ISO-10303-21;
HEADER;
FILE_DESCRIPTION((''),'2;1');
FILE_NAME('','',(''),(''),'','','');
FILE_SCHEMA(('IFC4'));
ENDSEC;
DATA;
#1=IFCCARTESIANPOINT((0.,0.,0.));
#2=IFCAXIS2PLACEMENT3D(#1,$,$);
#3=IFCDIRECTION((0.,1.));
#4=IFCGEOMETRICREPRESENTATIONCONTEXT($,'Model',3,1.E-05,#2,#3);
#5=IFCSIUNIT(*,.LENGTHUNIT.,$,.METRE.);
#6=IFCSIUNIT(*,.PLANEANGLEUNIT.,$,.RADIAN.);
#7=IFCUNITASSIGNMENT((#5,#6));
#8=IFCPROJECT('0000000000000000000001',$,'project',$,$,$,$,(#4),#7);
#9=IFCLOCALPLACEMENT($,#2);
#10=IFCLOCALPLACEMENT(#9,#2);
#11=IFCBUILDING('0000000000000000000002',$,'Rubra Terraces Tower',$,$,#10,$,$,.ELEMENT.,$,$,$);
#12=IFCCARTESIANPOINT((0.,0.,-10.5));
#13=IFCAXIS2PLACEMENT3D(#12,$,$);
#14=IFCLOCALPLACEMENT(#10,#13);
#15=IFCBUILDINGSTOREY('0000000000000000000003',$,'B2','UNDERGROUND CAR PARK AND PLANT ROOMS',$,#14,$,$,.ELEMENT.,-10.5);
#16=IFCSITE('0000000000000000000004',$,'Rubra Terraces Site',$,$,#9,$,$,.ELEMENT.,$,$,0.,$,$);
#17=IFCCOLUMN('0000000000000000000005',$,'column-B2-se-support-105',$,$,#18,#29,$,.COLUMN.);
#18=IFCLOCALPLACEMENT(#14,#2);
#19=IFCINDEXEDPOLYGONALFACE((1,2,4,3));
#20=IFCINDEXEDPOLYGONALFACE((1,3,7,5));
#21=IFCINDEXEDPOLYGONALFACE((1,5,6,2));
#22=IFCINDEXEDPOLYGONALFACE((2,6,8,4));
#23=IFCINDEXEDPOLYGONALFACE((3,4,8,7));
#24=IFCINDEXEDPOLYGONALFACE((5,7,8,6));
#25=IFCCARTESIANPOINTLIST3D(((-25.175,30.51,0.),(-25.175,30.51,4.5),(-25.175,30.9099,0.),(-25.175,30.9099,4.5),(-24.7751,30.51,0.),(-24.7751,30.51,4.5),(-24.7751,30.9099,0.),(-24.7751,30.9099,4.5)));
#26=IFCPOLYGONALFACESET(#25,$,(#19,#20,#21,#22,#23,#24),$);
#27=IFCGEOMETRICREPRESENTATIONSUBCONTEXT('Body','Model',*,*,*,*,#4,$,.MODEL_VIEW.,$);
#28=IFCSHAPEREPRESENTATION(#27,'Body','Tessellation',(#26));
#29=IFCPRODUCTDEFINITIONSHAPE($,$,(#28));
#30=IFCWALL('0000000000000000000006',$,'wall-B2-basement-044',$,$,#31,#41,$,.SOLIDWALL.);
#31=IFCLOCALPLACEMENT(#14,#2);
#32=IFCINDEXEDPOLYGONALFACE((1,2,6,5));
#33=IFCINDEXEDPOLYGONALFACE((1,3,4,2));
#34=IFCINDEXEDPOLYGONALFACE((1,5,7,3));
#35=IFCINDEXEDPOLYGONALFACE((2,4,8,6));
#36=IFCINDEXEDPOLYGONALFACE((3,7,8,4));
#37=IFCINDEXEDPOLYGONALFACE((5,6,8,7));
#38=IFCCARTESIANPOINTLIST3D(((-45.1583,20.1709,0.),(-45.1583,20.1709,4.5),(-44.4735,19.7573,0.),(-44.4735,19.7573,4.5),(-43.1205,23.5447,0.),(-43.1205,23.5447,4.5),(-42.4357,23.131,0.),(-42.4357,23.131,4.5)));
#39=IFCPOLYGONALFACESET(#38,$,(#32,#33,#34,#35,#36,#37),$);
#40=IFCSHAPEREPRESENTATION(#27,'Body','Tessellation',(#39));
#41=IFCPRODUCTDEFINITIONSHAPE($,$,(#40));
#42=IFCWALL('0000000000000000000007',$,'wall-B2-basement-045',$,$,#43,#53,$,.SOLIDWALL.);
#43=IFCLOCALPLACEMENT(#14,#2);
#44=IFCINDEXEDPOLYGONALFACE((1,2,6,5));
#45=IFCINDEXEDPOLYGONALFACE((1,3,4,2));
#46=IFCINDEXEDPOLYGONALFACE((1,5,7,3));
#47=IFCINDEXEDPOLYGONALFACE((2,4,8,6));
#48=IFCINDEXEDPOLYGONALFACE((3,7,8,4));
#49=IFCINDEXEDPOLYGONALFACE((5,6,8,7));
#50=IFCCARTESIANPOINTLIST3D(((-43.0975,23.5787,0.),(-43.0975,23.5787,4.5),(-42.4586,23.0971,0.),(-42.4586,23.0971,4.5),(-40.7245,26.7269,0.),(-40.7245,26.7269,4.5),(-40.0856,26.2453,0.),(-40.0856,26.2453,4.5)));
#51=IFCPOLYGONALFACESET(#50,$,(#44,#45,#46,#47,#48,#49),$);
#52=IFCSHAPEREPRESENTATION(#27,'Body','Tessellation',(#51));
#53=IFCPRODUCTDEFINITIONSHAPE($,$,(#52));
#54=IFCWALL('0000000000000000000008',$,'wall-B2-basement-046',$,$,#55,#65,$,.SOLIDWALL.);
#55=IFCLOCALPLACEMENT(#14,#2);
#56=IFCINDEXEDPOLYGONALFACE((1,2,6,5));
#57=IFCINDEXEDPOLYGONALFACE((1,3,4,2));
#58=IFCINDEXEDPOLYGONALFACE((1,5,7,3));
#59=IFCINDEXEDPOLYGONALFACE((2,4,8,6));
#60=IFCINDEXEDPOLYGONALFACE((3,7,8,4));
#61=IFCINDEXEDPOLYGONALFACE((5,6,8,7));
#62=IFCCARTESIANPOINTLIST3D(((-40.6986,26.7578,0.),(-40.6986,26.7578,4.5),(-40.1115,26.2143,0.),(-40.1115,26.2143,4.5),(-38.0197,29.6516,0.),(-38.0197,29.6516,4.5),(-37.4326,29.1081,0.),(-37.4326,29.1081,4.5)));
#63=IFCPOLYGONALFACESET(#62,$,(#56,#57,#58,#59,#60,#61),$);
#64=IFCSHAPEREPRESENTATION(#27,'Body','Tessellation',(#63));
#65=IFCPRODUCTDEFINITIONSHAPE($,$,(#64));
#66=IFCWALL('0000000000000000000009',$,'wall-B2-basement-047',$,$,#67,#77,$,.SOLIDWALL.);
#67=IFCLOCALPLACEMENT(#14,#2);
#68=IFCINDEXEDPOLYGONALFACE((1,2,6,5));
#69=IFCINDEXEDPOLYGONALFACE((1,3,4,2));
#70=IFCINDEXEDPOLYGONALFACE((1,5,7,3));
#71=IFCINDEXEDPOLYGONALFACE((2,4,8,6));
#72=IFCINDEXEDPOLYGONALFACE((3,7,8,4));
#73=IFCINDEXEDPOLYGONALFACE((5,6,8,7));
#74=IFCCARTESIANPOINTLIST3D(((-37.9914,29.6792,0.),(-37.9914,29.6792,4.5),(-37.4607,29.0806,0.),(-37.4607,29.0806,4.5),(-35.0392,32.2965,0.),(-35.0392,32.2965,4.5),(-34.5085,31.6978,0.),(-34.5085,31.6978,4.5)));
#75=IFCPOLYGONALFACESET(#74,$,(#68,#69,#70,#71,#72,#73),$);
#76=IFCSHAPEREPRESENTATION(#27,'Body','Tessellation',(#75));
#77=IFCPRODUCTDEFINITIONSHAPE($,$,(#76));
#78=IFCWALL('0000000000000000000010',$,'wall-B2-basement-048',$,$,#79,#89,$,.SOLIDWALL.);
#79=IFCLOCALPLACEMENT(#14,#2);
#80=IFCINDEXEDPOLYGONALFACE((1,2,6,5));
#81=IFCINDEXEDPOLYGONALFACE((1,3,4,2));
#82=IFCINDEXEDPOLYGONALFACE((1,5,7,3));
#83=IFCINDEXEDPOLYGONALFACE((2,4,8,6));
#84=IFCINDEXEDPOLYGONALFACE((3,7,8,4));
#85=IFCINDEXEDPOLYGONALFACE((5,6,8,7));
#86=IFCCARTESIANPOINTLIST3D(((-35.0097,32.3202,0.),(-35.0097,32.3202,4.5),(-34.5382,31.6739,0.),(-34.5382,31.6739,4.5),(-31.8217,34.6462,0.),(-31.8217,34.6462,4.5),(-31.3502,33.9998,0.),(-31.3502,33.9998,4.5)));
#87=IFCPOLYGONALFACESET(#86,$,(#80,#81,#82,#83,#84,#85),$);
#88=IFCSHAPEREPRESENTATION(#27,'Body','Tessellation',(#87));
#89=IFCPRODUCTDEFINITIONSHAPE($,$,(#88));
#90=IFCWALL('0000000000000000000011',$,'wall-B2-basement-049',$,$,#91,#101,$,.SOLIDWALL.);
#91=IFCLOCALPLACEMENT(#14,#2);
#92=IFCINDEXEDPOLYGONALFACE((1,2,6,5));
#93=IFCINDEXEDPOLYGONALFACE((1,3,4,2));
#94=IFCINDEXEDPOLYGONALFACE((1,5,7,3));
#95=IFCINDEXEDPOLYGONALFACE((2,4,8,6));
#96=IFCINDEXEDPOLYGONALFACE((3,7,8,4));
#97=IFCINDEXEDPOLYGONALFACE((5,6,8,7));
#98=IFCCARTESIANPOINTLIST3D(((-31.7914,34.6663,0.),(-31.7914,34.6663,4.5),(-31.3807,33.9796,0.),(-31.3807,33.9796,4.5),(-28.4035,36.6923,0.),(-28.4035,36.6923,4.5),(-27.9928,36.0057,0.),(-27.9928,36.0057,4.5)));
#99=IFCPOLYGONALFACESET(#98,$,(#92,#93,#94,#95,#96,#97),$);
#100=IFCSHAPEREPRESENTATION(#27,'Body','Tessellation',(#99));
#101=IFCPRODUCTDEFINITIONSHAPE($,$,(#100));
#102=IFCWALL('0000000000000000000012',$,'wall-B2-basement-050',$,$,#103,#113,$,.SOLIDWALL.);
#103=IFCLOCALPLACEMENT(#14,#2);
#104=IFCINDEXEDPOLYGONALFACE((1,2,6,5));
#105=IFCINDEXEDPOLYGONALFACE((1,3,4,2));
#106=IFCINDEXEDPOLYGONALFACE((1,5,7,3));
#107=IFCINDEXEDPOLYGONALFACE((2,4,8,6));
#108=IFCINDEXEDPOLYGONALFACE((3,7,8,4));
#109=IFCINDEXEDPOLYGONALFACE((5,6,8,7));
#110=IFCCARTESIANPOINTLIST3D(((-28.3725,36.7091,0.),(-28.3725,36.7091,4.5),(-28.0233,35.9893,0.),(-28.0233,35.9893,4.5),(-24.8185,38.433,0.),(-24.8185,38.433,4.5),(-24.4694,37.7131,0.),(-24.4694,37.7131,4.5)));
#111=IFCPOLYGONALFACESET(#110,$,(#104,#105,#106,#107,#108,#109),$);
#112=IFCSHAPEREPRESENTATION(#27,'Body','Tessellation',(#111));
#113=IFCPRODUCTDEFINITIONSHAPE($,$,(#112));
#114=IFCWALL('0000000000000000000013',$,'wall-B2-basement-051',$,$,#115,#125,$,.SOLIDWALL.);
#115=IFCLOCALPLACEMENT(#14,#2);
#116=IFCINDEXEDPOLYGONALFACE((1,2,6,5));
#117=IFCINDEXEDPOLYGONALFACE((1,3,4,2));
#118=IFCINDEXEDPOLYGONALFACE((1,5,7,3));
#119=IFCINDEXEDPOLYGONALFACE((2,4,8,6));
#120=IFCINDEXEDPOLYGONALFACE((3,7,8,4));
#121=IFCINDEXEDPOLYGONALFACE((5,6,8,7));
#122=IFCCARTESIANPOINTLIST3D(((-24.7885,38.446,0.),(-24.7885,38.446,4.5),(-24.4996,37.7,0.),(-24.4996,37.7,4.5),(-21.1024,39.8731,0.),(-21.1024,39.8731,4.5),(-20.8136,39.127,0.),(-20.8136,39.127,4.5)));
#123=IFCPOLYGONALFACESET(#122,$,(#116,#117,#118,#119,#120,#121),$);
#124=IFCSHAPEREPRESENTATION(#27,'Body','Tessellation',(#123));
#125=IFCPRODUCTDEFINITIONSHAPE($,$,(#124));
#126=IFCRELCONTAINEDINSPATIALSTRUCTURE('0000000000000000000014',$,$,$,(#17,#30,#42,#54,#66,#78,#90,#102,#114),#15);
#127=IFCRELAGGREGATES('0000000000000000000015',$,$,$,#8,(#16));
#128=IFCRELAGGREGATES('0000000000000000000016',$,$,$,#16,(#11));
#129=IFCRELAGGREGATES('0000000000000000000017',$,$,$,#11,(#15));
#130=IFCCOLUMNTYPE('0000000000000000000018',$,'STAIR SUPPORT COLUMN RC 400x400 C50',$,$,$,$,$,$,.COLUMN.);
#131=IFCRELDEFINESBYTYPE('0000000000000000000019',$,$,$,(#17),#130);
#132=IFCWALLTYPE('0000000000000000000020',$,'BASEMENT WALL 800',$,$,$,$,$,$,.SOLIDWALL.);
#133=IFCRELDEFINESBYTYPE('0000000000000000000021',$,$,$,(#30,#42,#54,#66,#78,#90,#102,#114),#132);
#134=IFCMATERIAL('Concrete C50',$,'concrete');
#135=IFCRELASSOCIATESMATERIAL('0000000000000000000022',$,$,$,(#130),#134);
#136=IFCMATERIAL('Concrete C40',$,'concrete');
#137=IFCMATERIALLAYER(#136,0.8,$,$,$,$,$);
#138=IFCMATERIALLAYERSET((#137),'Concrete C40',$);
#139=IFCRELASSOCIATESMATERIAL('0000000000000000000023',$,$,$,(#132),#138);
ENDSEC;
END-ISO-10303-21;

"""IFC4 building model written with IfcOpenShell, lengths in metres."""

from ifc_helpers import new_model, si_unit, direction, frame, frame_2d, origin, origin_2d, place, context, subcontext, project, spatial, rectangle, extrude, material, layer, layer_set, material_profile, profile_set, type_object, element, save


model = new_model("IFC4")

# Units and contexts
model_context = context("Model", 3, precision=1e-05, world=origin(), true_north=direction((0.0, 1.0)))
body_context = subcontext(model_context, "Body", "Model", "MODEL_VIEW")
ifc_project = project(units=[si_unit("LENGTHUNIT", "METRE"), si_unit("PLANEANGLEUNIT", "RADIAN")], contexts=[model_context])

# Site, building, storey
site_placement = place(None, origin())
site = spatial("IfcSite", under=ifc_project, at=site_placement, Name="Rubra Terraces Site", CompositionType="ELEMENT", RefElevation=0.0)
building_placement = place(site_placement, origin())
building = spatial("IfcBuilding", under=site, at=building_placement, Name="Rubra Terraces Tower", CompositionType="ELEMENT")
storey_placement = place(building_placement, frame((0.0, 0.0, -10.5)))
storey = spatial("IfcBuildingStorey", under=building, at=storey_placement, Name="B2", Description="UNDERGROUND CAR PARK AND PLANT ROOMS", CompositionType="ELEMENT", Elevation=-10.5)

# Column
ifc_material_1 = material(Name="Concrete C50", Category="concrete")
ifc_material_profile_1 = material_profile(ifc_material_1, rectangle(XDim=0.3999, YDim=0.3999, at=origin_2d()), Name="RC 400x400")
ifc_profile_set_1 = profile_set([ifc_material_profile_1], Name="Concrete C50")
column_type_1 = type_object("IfcColumnType", Name="STAIR SUPPORT COLUMN RC 400x400 C50", PredefinedType="COLUMN", material=ifc_profile_set_1)
for number, where, z_axis, x_axis, name in (
    (1, (-24.9751, 30.71, 0.0), (0.0, 0.0, 1.0), (1.0, 0.0, 0.0), "column-B2-se-support-105"),
):
    element("IfcColumn", number, at=place(storey_placement, frame(where, z_axis=z_axis, x_axis=x_axis)), inside=storey, type_object=column_type_1, Name=name, PredefinedType="COLUMN", context=body_context, shape_type="SweptSolid", body=[
        extrude(rectangle(XDim=0.3999, YDim=0.3999, at=origin_2d()), origin(), (0.0, 0.0, 1.0), 4.5),
    ])

# Walls
ifc_material_2 = material(Name="Concrete C40", Category="concrete")
ifc_layer = layer(ifc_material_2, 0.8)
ifc_layer_set = layer_set([ifc_layer], Name="Concrete C40")
wall_type = type_object("IfcWallType", Name="BASEMENT WALL 800", PredefinedType="SOLIDWALL", material=ifc_layer_set)
wall_1_placement = place(storey_placement, frame((-44.8159, 19.9641, 0.0), z_axis=(0.0, 0.0, 1.0), x_axis=(0.517026, 0.85597, 0.0)))
element("IfcWall", 2, at=wall_1_placement, inside=storey, type_object=wall_type, Name="wall-B2-basement-044", PredefinedType="SOLIDWALL", context=body_context, shape_type="SweptSolid", body=[
    extrude(rectangle(XDim=3.9414, YDim=0.8, at=frame_2d((1.9707, 0.0))), origin(), (0.0, 0.0, 1.0), 4.5),
])
wall_2_placement = place(storey_placement, frame((-42.7781, 23.3379, 0.0), z_axis=(0.0, 0.0, 1.0), x_axis=(0.60193, 0.798549, 0.0)))
element("IfcWall", 3, at=wall_2_placement, inside=storey, type_object=wall_type, Name="wall-B2-basement-045", PredefinedType="SOLIDWALL", context=body_context, shape_type="SweptSolid", body=[
    extrude(rectangle(XDim=3.9424, YDim=0.8, at=frame_2d((1.9712, 0.0))), origin(), (0.0, 0.0, 1.0), 4.5),
])
wall_3_placement = place(storey_placement, frame((-40.405, 26.4861, 0.0), z_axis=(0.0, 0.0, 1.0), x_axis=(0.679341, 0.733822, 0.0)))
element("IfcWall", 4, at=wall_3_placement, inside=storey, type_object=wall_type, Name="wall-B2-basement-046", PredefinedType="SOLIDWALL", context=body_context, shape_type="SweptSolid", body=[
    extrude(rectangle(XDim=3.9434, YDim=0.8, at=frame_2d((1.9717, 0.0))), origin(), (0.0, 0.0, 1.0), 4.5),
])
wall_4_placement = place(storey_placement, frame((-37.7261, 29.3799, 0.0), z_axis=(0.0, 0.0, 1.0), x_axis=(0.748283, 0.66338, 0.0)))
element("IfcWall", 5, at=wall_4_placement, inside=storey, type_object=wall_type, Name="wall-B2-basement-047", PredefinedType="SOLIDWALL", context=body_context, shape_type="SweptSolid", body=[
    extrude(rectangle(XDim=3.9453, YDim=0.8, at=frame_2d((1.9727, 0.0))), origin(), (0.0, 0.0, 1.0), 4.5),
])
wall_5_placement = place(storey_placement, frame((-34.7739, 31.9971, 0.0), z_axis=(0.0, 0.0, 1.0), x_axis=(0.807844, 0.589396, 0.0)))
element("IfcWall", 6, at=wall_5_placement, inside=storey, type_object=wall_type, Name="wall-B2-basement-048", PredefinedType="SOLIDWALL", context=body_context, shape_type="SweptSolid", body=[
    extrude(rectangle(XDim=3.9463, YDim=0.8, at=frame_2d((1.9731, 0.0))), origin(), (0.0, 0.0, 1.0), 4.5),
])
wall_6_placement = place(storey_placement, frame((-31.5859, 34.323, 0.0), z_axis=(0.0, 0.0, 1.0), x_axis=(0.858234, 0.513258, 0.0)))
element("IfcWall", 7, at=wall_6_placement, inside=storey, type_object=wall_type, Name="wall-B2-basement-049", PredefinedType="SOLIDWALL", context=body_context, shape_type="SweptSolid", body=[
    extrude(rectangle(XDim=3.9475, YDim=0.8, at=frame_2d((1.9736, 0.0))), origin(), (0.0, 0.0, 1.0), 4.5),
])
wall_7_placement = place(storey_placement, frame((-28.198, 36.3491, 0.0), z_axis=(0.0, 0.0, 1.0), x_axis=(0.89974, 0.436427, 0.0)))
element("IfcWall", 8, at=wall_7_placement, inside=storey, type_object=wall_type, Name="wall-B2-basement-050", PredefinedType="SOLIDWALL", context=body_context, shape_type="SweptSolid", body=[
    extrude(rectangle(XDim=3.95, YDim=0.8, at=frame_2d((1.9751, 0.0))), origin(), (0.0, 0.0, 1.0), 4.5),
])
wall_8_placement = place(storey_placement, frame((-24.644, 38.073, 0.0), z_axis=(0.0, 0.0, 1.0), x_axis=(0.932555, 0.361027, 0.0)))
element("IfcWall", 9, at=wall_8_placement, inside=storey, type_object=wall_type, Name="wall-B2-basement-051", PredefinedType="SOLIDWALL", context=body_context, shape_type="SweptSolid", body=[
    extrude(rectangle(XDim=3.9526, YDim=0.8, at=frame_2d((1.9763, 0.0))), origin(), (0.0, 0.0, 1.0), 4.5),
])

save(model, "model.ifc")
